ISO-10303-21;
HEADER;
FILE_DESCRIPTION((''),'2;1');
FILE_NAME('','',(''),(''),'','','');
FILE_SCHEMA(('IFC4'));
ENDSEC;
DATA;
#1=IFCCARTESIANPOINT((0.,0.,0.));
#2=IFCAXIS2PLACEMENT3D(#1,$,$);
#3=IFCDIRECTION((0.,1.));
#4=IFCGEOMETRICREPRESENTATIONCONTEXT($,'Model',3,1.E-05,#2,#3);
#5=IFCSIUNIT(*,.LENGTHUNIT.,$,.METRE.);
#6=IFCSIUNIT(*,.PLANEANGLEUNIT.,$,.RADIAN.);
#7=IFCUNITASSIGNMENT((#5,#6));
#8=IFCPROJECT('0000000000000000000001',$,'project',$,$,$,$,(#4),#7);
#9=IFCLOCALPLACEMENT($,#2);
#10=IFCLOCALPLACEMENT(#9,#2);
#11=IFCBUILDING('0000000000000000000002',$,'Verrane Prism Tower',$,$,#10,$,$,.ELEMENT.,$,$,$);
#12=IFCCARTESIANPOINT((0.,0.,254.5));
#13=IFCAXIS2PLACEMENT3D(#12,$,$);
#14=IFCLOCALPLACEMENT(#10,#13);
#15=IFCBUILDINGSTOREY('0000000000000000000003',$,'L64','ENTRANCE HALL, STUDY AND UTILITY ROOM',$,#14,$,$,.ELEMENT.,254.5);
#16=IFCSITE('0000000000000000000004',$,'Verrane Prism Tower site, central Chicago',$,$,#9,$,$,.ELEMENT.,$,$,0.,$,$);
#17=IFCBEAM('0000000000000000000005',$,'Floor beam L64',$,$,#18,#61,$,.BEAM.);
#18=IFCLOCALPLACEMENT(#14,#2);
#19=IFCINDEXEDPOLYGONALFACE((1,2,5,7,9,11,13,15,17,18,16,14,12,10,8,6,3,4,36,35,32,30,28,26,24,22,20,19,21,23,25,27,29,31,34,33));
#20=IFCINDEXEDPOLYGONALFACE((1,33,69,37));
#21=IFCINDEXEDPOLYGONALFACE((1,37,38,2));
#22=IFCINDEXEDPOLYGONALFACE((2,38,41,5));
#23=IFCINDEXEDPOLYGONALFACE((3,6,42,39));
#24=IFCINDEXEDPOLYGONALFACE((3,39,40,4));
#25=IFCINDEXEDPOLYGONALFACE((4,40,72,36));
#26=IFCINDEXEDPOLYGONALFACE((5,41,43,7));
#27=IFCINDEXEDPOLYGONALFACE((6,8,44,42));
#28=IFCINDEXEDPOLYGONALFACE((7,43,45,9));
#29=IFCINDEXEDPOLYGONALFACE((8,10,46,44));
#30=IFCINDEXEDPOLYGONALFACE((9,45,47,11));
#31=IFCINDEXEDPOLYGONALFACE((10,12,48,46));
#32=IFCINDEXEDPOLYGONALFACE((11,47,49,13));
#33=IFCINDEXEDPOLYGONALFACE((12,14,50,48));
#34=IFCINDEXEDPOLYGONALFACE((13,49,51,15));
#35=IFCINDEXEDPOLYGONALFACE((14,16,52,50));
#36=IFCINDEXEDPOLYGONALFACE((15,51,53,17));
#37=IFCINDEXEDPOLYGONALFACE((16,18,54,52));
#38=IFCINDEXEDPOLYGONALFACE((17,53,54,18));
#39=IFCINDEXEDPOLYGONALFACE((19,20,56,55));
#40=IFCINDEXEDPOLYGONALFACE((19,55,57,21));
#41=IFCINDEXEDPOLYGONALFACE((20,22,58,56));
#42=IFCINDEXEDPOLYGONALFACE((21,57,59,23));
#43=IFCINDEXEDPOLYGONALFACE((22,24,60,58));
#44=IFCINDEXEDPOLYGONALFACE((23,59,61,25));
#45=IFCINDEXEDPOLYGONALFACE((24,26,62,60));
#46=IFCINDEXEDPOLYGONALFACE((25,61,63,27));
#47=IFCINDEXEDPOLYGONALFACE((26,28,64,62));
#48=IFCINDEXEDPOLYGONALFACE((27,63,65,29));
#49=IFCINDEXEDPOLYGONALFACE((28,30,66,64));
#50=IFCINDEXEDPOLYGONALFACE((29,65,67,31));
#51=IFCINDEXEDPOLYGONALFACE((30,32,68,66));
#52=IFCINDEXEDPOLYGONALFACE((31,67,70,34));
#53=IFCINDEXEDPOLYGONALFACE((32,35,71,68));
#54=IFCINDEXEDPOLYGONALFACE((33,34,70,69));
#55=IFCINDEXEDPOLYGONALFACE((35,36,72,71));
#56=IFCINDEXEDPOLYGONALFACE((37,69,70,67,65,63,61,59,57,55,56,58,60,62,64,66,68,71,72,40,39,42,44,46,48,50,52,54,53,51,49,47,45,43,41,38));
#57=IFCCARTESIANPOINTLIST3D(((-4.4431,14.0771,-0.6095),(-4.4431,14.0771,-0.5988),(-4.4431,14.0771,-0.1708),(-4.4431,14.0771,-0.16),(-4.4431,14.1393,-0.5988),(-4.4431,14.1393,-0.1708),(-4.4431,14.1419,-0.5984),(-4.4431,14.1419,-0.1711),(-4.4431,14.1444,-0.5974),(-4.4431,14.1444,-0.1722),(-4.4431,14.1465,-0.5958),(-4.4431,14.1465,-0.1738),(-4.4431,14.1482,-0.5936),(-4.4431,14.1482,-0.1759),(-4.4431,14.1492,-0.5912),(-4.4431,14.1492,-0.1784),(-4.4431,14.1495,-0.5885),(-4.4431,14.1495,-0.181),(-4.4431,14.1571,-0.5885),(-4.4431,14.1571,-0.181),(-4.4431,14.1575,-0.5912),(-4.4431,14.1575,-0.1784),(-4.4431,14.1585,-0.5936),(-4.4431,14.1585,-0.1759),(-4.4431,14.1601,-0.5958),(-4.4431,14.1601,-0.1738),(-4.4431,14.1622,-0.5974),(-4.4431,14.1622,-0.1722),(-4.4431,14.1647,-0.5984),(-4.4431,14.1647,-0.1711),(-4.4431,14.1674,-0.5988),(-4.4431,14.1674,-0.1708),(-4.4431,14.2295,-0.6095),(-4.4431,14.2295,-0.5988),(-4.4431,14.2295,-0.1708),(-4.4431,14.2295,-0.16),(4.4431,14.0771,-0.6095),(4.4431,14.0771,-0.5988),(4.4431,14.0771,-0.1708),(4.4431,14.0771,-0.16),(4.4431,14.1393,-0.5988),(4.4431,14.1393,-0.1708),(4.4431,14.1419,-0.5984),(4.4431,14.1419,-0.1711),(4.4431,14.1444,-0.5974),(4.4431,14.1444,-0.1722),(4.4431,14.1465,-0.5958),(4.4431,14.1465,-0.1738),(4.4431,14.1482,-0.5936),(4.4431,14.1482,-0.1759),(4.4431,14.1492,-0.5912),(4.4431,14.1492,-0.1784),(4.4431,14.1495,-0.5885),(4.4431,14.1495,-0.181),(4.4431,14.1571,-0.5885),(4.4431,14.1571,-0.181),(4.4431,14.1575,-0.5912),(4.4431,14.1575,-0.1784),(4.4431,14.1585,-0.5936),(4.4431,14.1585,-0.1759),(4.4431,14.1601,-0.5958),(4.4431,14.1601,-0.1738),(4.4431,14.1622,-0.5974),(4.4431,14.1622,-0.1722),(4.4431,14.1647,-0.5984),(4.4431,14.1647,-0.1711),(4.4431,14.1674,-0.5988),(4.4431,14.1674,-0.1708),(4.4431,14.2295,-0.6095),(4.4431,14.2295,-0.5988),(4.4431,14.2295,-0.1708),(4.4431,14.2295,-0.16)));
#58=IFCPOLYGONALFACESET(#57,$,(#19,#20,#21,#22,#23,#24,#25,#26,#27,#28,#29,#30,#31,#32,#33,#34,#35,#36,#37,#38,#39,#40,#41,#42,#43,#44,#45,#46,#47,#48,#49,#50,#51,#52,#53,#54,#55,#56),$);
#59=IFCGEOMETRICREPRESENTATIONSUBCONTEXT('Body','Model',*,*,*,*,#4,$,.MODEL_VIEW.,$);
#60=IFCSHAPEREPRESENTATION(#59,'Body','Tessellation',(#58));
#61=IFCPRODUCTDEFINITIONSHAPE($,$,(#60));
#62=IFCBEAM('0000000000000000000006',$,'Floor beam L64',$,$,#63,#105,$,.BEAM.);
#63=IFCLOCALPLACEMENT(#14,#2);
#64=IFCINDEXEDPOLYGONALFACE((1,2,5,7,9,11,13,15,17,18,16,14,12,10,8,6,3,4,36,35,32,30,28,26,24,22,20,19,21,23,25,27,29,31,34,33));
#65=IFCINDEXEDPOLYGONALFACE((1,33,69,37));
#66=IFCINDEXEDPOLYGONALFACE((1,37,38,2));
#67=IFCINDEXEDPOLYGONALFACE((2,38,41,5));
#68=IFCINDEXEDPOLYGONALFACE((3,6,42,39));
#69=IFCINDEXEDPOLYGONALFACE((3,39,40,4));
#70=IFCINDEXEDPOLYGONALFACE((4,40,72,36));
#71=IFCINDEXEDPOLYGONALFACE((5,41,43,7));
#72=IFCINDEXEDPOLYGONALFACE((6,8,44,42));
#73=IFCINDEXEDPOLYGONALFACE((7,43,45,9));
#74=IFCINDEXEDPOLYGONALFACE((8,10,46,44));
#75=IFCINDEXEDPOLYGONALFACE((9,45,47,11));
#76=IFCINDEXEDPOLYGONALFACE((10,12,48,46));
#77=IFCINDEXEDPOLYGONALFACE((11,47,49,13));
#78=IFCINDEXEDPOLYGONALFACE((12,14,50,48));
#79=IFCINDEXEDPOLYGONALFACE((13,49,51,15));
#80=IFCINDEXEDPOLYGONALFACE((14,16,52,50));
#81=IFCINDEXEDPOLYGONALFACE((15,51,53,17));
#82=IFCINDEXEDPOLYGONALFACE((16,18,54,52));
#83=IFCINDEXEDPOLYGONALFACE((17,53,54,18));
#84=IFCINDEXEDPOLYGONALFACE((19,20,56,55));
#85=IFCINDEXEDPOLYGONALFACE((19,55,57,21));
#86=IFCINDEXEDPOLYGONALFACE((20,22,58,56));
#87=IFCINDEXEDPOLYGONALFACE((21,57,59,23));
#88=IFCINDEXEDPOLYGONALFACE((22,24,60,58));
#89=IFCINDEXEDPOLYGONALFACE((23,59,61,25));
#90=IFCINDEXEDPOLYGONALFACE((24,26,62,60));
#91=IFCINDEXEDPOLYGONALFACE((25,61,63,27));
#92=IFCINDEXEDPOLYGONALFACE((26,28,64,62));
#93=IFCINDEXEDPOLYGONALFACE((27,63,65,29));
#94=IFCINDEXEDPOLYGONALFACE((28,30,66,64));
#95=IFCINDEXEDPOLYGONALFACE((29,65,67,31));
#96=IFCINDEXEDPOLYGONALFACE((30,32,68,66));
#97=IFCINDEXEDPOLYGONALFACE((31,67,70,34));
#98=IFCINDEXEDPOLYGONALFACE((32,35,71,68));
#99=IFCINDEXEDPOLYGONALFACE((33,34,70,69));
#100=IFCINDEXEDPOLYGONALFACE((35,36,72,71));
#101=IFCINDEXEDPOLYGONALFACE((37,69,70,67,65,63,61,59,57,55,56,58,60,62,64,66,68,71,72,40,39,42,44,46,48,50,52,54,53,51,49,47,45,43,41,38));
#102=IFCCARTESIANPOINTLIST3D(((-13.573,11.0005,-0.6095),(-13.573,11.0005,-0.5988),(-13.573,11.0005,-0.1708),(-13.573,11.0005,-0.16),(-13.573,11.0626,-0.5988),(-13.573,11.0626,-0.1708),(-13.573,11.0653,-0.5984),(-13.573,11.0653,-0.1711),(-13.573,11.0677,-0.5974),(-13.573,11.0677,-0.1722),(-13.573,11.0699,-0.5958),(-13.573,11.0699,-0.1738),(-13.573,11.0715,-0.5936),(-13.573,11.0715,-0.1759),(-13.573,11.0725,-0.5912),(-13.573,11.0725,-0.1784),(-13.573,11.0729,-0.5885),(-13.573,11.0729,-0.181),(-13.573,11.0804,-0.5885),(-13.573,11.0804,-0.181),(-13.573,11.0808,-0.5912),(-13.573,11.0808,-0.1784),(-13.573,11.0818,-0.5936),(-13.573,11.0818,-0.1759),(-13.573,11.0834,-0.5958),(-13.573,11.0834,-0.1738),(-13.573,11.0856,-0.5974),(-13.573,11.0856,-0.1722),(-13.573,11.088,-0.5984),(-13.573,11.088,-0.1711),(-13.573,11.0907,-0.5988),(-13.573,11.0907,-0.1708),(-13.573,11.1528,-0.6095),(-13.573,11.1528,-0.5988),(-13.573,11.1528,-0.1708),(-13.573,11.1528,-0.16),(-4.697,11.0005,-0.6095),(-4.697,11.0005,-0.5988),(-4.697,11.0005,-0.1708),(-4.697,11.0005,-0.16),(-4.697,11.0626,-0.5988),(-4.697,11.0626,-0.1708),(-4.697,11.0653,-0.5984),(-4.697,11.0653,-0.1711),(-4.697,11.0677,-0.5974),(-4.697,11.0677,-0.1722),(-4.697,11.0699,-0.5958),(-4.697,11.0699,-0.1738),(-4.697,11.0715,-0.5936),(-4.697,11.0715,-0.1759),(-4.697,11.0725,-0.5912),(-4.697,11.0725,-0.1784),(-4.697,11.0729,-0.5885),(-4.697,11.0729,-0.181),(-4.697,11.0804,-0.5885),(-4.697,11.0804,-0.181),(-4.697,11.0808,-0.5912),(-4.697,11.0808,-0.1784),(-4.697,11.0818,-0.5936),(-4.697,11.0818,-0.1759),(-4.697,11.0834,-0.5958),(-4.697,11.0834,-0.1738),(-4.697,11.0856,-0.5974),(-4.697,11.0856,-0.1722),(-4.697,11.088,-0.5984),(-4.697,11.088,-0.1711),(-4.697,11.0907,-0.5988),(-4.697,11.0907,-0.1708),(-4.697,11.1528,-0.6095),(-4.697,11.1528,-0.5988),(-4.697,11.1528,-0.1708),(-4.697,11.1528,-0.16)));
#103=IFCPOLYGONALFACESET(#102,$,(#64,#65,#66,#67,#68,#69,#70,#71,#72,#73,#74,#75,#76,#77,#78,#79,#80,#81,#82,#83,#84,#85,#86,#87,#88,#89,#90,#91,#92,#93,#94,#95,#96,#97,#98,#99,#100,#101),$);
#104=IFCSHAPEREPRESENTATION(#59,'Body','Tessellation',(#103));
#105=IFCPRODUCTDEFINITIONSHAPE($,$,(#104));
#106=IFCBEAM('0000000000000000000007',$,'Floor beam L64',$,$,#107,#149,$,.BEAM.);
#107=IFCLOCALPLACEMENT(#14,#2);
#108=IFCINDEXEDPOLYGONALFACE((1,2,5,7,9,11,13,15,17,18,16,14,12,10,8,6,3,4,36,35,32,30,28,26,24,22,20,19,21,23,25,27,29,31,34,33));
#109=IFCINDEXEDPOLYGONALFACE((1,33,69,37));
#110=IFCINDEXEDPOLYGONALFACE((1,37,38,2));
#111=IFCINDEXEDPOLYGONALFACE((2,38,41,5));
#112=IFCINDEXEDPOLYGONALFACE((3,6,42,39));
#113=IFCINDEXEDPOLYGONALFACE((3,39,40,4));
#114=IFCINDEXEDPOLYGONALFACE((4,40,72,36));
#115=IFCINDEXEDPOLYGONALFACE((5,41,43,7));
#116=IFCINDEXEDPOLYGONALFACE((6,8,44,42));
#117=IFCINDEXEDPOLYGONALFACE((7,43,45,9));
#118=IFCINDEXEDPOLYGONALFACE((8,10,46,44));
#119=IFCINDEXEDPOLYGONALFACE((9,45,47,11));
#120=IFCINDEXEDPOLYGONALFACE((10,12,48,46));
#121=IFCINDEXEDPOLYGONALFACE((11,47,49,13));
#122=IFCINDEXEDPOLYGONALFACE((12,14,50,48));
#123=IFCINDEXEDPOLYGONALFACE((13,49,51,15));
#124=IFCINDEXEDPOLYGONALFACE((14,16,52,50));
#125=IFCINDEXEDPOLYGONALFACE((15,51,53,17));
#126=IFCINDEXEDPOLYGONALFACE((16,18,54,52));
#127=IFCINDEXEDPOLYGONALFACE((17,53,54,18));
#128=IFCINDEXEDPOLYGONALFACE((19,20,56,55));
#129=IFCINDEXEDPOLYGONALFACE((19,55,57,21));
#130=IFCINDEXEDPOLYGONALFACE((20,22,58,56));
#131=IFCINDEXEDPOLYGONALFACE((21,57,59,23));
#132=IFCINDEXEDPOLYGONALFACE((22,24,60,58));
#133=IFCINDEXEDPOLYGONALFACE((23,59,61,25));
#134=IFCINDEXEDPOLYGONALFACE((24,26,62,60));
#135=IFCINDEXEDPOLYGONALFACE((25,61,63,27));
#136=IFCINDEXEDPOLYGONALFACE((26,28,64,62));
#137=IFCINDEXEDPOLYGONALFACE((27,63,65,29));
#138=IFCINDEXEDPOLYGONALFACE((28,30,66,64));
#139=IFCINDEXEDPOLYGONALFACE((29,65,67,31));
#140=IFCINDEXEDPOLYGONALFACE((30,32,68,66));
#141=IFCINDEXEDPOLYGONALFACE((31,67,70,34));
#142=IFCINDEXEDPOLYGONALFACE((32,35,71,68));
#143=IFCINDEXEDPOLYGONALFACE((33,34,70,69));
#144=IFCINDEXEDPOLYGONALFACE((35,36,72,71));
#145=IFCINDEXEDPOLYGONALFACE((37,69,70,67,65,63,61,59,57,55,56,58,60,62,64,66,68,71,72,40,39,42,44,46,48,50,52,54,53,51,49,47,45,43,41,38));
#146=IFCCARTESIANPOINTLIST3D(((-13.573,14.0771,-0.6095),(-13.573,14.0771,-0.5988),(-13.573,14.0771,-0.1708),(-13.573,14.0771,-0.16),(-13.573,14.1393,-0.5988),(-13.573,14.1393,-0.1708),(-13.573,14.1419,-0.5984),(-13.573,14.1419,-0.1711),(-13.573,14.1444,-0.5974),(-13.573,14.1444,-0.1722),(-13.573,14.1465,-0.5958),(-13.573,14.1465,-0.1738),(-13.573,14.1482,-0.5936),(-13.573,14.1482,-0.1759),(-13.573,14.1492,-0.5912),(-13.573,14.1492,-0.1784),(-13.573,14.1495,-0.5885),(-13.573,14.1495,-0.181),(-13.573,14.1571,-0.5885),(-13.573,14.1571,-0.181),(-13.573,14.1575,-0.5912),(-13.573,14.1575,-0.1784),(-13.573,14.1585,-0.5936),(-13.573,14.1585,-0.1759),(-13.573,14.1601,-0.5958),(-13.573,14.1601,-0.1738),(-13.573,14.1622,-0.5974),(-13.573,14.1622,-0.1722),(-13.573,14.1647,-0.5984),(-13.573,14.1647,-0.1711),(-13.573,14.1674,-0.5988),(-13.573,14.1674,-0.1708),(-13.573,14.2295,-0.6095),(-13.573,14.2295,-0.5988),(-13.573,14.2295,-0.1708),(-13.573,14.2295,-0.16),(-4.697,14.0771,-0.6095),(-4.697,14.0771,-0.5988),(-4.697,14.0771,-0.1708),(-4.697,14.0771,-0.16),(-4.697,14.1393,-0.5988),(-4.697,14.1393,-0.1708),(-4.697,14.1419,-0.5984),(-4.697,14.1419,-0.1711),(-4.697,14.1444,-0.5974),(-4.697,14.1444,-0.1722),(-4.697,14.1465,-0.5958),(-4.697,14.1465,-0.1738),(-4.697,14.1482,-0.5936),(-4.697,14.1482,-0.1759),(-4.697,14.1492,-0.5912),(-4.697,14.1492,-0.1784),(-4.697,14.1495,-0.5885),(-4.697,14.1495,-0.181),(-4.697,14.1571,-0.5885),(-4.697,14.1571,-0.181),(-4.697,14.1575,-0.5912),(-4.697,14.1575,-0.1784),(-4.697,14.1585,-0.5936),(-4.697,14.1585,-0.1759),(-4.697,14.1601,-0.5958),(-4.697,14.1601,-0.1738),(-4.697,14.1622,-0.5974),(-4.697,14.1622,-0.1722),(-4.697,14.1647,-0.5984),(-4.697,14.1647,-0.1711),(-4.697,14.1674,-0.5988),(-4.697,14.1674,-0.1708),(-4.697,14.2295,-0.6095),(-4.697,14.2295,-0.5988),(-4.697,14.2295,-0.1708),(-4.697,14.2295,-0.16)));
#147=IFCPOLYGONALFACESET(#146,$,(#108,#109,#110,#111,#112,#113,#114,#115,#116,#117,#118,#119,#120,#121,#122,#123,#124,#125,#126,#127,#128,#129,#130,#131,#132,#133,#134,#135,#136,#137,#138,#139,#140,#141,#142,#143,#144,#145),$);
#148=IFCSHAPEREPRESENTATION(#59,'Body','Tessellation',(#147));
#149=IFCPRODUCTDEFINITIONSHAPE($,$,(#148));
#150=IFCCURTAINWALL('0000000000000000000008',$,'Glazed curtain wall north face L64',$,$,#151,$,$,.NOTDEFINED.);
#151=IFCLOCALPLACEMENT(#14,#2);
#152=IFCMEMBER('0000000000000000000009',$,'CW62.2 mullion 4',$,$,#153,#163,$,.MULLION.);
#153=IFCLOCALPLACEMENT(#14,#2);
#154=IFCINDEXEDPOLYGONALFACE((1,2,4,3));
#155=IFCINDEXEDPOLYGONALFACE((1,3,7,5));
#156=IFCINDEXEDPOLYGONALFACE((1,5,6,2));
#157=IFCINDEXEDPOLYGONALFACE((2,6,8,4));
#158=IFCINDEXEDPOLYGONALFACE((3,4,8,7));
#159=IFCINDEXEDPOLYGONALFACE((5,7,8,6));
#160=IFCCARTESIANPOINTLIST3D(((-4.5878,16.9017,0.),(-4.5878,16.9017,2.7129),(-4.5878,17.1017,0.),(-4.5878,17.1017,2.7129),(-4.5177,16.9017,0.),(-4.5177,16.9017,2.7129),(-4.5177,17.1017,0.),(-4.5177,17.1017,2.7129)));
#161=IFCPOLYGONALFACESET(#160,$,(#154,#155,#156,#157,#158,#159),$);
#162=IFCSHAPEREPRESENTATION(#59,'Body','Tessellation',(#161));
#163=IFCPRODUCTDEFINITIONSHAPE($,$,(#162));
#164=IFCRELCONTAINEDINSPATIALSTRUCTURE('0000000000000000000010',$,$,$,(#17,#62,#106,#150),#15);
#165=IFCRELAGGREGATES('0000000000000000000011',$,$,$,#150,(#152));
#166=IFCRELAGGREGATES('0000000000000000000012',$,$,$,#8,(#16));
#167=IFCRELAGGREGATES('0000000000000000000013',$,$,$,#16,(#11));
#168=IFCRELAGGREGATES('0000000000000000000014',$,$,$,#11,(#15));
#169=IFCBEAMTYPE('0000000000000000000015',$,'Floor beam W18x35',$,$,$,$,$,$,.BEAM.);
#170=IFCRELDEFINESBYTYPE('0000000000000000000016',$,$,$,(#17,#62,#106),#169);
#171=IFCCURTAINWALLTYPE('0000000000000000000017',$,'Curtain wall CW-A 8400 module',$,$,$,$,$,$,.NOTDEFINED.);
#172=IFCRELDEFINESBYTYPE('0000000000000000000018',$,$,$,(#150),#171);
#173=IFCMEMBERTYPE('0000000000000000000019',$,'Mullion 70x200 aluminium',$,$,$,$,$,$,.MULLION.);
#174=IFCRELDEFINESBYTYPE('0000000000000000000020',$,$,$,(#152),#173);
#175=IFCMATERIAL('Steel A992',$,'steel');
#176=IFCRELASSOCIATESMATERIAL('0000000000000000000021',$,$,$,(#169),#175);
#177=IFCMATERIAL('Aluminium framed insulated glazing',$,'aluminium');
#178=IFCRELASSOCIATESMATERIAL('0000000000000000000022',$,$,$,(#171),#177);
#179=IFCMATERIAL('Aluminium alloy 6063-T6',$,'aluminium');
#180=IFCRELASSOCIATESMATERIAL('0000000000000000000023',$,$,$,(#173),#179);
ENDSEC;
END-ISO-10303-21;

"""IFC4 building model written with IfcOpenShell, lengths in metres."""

from ifc_helpers import new_model, si_unit, direction, frame, origin, origin_2d, place, context, subcontext, project, spatial, rectangle, i_section, extrude, material, material_profile, profile_set, type_object, element, aggregate, save


model = new_model("IFC4")

# Units and contexts
model_context = context("Model", 3, precision=1e-05, world=origin(), true_north=direction((0.0, 1.0)))
body_context = subcontext(model_context, "Body", "Model", "MODEL_VIEW")
ifc_project = project(units=[si_unit("LENGTHUNIT", "METRE"), si_unit("PLANEANGLEUNIT", "RADIAN")], contexts=[model_context])

# Site, building, storey
site_placement = place(None, origin())
site = spatial("IfcSite", under=ifc_project, at=site_placement, Name="Verrane Prism Tower site, central Chicago", CompositionType="ELEMENT", RefElevation=0.0)
building_placement = place(site_placement, origin())
building = spatial("IfcBuilding", under=site, at=building_placement, Name="Verrane Prism Tower", CompositionType="ELEMENT")
storey_placement = place(building_placement, frame((0.0, 0.0, 254.5)))
storey = spatial("IfcBuildingStorey", under=building, at=storey_placement, Name="L64", Description="ENTRANCE HALL, STUDY AND UTILITY ROOM", CompositionType="ELEMENT", Elevation=254.5)

# Beams
ifc_material_1 = material(Name="Steel A992", Category="steel")
ifc_material_profile_1 = material_profile(ifc_material_1, i_section(OverallWidth=0.1523, OverallDepth=0.4495, WebThickness=0.0076, FlangeThickness=0.0107, FilletRadius=0.0103, at=origin_2d()), Name="W18x35")
ifc_profile_set_1 = profile_set([ifc_material_profile_1], Name="Steel A992")
beam_type_1 = type_object("IfcBeamType", Name="Floor beam W18x35", PredefinedType="BEAM", material=ifc_profile_set_1)
for number, where, z_axis, x_axis, name in (
    (1, (-4.4431, 14.1533, -0.3848), (1.0, 0.0, 0.0), (0.0, 1.0, 0.0), "Floor beam L64"),
):
    element("IfcBeam", number, at=place(storey_placement, frame(where, z_axis=z_axis, x_axis=x_axis)), inside=storey, type_object=beam_type_1, Name=name, PredefinedType="BEAM", context=body_context, shape_type="SweptSolid", body=[
        extrude(i_section(OverallWidth=0.1523, OverallDepth=0.4495, WebThickness=0.0076, FlangeThickness=0.0107, FilletRadius=0.0103, at=origin_2d()), origin(), (0.0, 0.0, 1.0), 8.8862),
    ])
for number, where, z_axis, x_axis, name in (
    (2, (-13.573, 11.0767, -0.3848), (1.0, 0.0, 0.0), (0.0, 1.0, 0.0), "Floor beam L64"),
    (3, (-13.573, 14.1533, -0.3848), (1.0, 0.0, 0.0), (0.0, 1.0, 0.0), "Floor beam L64"),
):
    element("IfcBeam", number, at=place(storey_placement, frame(where, z_axis=z_axis, x_axis=x_axis)), inside=storey, type_object=beam_type_1, Name=name, PredefinedType="BEAM", context=body_context, shape_type="SweptSolid", body=[
        extrude(i_section(OverallWidth=0.1523, OverallDepth=0.4495, WebThickness=0.0076, FlangeThickness=0.0107, FilletRadius=0.0103, at=origin_2d()), origin(), (0.0, 0.0, 1.0), 8.876),
    ])

# Curtain wall, member
ifc_material_2 = material(Name="Aluminium framed insulated glazing", Category="aluminium")
curtain_wall_type = type_object("IfcCurtainWallType", Name="Curtain wall CW-A 8400 module", PredefinedType="NOTDEFINED", material=ifc_material_2)
curtain_wall_placement = place(storey_placement, origin())
curtain_wall = element("IfcCurtainWall", 4, at=curtain_wall_placement, inside=storey, type_object=curtain_wall_type, Name="Glazed curtain wall north face L64", PredefinedType="NOTDEFINED")
ifc_material_3 = material(Name="Aluminium alloy 6063-T6", Category="aluminium")
ifc_material_profile_2 = material_profile(ifc_material_3, rectangle(XDim=0.2, YDim=0.0701, at=origin_2d()), Name="Mullion 70x200 aluminium")
ifc_profile_set_2 = profile_set([ifc_material_profile_2], Name="Aluminium alloy 6063-T6")
member_type_1 = type_object("IfcMemberType", Name="Mullion 70x200 aluminium", PredefinedType="MULLION", material=ifc_profile_set_2)
member_1_placement = place(storey_placement, frame((-4.5527, 17.0017, 0.0), z_axis=(0.0, 0.0, 1.0), x_axis=(0.0, -1.0, 0.0)))
member_1 = element("IfcMember", 5, at=member_1_placement, type_object=member_type_1, Name="CW62.2 mullion 4", PredefinedType="MULLION", context=body_context, shape_type="SweptSolid", body=[
    extrude(rectangle(XDim=0.2, YDim=0.0701, at=origin_2d()), origin(), (0.0, 0.0, 1.0), 2.7129),
])

aggregate(curtain_wall, [member_1])

save(model, "model.ifc")
